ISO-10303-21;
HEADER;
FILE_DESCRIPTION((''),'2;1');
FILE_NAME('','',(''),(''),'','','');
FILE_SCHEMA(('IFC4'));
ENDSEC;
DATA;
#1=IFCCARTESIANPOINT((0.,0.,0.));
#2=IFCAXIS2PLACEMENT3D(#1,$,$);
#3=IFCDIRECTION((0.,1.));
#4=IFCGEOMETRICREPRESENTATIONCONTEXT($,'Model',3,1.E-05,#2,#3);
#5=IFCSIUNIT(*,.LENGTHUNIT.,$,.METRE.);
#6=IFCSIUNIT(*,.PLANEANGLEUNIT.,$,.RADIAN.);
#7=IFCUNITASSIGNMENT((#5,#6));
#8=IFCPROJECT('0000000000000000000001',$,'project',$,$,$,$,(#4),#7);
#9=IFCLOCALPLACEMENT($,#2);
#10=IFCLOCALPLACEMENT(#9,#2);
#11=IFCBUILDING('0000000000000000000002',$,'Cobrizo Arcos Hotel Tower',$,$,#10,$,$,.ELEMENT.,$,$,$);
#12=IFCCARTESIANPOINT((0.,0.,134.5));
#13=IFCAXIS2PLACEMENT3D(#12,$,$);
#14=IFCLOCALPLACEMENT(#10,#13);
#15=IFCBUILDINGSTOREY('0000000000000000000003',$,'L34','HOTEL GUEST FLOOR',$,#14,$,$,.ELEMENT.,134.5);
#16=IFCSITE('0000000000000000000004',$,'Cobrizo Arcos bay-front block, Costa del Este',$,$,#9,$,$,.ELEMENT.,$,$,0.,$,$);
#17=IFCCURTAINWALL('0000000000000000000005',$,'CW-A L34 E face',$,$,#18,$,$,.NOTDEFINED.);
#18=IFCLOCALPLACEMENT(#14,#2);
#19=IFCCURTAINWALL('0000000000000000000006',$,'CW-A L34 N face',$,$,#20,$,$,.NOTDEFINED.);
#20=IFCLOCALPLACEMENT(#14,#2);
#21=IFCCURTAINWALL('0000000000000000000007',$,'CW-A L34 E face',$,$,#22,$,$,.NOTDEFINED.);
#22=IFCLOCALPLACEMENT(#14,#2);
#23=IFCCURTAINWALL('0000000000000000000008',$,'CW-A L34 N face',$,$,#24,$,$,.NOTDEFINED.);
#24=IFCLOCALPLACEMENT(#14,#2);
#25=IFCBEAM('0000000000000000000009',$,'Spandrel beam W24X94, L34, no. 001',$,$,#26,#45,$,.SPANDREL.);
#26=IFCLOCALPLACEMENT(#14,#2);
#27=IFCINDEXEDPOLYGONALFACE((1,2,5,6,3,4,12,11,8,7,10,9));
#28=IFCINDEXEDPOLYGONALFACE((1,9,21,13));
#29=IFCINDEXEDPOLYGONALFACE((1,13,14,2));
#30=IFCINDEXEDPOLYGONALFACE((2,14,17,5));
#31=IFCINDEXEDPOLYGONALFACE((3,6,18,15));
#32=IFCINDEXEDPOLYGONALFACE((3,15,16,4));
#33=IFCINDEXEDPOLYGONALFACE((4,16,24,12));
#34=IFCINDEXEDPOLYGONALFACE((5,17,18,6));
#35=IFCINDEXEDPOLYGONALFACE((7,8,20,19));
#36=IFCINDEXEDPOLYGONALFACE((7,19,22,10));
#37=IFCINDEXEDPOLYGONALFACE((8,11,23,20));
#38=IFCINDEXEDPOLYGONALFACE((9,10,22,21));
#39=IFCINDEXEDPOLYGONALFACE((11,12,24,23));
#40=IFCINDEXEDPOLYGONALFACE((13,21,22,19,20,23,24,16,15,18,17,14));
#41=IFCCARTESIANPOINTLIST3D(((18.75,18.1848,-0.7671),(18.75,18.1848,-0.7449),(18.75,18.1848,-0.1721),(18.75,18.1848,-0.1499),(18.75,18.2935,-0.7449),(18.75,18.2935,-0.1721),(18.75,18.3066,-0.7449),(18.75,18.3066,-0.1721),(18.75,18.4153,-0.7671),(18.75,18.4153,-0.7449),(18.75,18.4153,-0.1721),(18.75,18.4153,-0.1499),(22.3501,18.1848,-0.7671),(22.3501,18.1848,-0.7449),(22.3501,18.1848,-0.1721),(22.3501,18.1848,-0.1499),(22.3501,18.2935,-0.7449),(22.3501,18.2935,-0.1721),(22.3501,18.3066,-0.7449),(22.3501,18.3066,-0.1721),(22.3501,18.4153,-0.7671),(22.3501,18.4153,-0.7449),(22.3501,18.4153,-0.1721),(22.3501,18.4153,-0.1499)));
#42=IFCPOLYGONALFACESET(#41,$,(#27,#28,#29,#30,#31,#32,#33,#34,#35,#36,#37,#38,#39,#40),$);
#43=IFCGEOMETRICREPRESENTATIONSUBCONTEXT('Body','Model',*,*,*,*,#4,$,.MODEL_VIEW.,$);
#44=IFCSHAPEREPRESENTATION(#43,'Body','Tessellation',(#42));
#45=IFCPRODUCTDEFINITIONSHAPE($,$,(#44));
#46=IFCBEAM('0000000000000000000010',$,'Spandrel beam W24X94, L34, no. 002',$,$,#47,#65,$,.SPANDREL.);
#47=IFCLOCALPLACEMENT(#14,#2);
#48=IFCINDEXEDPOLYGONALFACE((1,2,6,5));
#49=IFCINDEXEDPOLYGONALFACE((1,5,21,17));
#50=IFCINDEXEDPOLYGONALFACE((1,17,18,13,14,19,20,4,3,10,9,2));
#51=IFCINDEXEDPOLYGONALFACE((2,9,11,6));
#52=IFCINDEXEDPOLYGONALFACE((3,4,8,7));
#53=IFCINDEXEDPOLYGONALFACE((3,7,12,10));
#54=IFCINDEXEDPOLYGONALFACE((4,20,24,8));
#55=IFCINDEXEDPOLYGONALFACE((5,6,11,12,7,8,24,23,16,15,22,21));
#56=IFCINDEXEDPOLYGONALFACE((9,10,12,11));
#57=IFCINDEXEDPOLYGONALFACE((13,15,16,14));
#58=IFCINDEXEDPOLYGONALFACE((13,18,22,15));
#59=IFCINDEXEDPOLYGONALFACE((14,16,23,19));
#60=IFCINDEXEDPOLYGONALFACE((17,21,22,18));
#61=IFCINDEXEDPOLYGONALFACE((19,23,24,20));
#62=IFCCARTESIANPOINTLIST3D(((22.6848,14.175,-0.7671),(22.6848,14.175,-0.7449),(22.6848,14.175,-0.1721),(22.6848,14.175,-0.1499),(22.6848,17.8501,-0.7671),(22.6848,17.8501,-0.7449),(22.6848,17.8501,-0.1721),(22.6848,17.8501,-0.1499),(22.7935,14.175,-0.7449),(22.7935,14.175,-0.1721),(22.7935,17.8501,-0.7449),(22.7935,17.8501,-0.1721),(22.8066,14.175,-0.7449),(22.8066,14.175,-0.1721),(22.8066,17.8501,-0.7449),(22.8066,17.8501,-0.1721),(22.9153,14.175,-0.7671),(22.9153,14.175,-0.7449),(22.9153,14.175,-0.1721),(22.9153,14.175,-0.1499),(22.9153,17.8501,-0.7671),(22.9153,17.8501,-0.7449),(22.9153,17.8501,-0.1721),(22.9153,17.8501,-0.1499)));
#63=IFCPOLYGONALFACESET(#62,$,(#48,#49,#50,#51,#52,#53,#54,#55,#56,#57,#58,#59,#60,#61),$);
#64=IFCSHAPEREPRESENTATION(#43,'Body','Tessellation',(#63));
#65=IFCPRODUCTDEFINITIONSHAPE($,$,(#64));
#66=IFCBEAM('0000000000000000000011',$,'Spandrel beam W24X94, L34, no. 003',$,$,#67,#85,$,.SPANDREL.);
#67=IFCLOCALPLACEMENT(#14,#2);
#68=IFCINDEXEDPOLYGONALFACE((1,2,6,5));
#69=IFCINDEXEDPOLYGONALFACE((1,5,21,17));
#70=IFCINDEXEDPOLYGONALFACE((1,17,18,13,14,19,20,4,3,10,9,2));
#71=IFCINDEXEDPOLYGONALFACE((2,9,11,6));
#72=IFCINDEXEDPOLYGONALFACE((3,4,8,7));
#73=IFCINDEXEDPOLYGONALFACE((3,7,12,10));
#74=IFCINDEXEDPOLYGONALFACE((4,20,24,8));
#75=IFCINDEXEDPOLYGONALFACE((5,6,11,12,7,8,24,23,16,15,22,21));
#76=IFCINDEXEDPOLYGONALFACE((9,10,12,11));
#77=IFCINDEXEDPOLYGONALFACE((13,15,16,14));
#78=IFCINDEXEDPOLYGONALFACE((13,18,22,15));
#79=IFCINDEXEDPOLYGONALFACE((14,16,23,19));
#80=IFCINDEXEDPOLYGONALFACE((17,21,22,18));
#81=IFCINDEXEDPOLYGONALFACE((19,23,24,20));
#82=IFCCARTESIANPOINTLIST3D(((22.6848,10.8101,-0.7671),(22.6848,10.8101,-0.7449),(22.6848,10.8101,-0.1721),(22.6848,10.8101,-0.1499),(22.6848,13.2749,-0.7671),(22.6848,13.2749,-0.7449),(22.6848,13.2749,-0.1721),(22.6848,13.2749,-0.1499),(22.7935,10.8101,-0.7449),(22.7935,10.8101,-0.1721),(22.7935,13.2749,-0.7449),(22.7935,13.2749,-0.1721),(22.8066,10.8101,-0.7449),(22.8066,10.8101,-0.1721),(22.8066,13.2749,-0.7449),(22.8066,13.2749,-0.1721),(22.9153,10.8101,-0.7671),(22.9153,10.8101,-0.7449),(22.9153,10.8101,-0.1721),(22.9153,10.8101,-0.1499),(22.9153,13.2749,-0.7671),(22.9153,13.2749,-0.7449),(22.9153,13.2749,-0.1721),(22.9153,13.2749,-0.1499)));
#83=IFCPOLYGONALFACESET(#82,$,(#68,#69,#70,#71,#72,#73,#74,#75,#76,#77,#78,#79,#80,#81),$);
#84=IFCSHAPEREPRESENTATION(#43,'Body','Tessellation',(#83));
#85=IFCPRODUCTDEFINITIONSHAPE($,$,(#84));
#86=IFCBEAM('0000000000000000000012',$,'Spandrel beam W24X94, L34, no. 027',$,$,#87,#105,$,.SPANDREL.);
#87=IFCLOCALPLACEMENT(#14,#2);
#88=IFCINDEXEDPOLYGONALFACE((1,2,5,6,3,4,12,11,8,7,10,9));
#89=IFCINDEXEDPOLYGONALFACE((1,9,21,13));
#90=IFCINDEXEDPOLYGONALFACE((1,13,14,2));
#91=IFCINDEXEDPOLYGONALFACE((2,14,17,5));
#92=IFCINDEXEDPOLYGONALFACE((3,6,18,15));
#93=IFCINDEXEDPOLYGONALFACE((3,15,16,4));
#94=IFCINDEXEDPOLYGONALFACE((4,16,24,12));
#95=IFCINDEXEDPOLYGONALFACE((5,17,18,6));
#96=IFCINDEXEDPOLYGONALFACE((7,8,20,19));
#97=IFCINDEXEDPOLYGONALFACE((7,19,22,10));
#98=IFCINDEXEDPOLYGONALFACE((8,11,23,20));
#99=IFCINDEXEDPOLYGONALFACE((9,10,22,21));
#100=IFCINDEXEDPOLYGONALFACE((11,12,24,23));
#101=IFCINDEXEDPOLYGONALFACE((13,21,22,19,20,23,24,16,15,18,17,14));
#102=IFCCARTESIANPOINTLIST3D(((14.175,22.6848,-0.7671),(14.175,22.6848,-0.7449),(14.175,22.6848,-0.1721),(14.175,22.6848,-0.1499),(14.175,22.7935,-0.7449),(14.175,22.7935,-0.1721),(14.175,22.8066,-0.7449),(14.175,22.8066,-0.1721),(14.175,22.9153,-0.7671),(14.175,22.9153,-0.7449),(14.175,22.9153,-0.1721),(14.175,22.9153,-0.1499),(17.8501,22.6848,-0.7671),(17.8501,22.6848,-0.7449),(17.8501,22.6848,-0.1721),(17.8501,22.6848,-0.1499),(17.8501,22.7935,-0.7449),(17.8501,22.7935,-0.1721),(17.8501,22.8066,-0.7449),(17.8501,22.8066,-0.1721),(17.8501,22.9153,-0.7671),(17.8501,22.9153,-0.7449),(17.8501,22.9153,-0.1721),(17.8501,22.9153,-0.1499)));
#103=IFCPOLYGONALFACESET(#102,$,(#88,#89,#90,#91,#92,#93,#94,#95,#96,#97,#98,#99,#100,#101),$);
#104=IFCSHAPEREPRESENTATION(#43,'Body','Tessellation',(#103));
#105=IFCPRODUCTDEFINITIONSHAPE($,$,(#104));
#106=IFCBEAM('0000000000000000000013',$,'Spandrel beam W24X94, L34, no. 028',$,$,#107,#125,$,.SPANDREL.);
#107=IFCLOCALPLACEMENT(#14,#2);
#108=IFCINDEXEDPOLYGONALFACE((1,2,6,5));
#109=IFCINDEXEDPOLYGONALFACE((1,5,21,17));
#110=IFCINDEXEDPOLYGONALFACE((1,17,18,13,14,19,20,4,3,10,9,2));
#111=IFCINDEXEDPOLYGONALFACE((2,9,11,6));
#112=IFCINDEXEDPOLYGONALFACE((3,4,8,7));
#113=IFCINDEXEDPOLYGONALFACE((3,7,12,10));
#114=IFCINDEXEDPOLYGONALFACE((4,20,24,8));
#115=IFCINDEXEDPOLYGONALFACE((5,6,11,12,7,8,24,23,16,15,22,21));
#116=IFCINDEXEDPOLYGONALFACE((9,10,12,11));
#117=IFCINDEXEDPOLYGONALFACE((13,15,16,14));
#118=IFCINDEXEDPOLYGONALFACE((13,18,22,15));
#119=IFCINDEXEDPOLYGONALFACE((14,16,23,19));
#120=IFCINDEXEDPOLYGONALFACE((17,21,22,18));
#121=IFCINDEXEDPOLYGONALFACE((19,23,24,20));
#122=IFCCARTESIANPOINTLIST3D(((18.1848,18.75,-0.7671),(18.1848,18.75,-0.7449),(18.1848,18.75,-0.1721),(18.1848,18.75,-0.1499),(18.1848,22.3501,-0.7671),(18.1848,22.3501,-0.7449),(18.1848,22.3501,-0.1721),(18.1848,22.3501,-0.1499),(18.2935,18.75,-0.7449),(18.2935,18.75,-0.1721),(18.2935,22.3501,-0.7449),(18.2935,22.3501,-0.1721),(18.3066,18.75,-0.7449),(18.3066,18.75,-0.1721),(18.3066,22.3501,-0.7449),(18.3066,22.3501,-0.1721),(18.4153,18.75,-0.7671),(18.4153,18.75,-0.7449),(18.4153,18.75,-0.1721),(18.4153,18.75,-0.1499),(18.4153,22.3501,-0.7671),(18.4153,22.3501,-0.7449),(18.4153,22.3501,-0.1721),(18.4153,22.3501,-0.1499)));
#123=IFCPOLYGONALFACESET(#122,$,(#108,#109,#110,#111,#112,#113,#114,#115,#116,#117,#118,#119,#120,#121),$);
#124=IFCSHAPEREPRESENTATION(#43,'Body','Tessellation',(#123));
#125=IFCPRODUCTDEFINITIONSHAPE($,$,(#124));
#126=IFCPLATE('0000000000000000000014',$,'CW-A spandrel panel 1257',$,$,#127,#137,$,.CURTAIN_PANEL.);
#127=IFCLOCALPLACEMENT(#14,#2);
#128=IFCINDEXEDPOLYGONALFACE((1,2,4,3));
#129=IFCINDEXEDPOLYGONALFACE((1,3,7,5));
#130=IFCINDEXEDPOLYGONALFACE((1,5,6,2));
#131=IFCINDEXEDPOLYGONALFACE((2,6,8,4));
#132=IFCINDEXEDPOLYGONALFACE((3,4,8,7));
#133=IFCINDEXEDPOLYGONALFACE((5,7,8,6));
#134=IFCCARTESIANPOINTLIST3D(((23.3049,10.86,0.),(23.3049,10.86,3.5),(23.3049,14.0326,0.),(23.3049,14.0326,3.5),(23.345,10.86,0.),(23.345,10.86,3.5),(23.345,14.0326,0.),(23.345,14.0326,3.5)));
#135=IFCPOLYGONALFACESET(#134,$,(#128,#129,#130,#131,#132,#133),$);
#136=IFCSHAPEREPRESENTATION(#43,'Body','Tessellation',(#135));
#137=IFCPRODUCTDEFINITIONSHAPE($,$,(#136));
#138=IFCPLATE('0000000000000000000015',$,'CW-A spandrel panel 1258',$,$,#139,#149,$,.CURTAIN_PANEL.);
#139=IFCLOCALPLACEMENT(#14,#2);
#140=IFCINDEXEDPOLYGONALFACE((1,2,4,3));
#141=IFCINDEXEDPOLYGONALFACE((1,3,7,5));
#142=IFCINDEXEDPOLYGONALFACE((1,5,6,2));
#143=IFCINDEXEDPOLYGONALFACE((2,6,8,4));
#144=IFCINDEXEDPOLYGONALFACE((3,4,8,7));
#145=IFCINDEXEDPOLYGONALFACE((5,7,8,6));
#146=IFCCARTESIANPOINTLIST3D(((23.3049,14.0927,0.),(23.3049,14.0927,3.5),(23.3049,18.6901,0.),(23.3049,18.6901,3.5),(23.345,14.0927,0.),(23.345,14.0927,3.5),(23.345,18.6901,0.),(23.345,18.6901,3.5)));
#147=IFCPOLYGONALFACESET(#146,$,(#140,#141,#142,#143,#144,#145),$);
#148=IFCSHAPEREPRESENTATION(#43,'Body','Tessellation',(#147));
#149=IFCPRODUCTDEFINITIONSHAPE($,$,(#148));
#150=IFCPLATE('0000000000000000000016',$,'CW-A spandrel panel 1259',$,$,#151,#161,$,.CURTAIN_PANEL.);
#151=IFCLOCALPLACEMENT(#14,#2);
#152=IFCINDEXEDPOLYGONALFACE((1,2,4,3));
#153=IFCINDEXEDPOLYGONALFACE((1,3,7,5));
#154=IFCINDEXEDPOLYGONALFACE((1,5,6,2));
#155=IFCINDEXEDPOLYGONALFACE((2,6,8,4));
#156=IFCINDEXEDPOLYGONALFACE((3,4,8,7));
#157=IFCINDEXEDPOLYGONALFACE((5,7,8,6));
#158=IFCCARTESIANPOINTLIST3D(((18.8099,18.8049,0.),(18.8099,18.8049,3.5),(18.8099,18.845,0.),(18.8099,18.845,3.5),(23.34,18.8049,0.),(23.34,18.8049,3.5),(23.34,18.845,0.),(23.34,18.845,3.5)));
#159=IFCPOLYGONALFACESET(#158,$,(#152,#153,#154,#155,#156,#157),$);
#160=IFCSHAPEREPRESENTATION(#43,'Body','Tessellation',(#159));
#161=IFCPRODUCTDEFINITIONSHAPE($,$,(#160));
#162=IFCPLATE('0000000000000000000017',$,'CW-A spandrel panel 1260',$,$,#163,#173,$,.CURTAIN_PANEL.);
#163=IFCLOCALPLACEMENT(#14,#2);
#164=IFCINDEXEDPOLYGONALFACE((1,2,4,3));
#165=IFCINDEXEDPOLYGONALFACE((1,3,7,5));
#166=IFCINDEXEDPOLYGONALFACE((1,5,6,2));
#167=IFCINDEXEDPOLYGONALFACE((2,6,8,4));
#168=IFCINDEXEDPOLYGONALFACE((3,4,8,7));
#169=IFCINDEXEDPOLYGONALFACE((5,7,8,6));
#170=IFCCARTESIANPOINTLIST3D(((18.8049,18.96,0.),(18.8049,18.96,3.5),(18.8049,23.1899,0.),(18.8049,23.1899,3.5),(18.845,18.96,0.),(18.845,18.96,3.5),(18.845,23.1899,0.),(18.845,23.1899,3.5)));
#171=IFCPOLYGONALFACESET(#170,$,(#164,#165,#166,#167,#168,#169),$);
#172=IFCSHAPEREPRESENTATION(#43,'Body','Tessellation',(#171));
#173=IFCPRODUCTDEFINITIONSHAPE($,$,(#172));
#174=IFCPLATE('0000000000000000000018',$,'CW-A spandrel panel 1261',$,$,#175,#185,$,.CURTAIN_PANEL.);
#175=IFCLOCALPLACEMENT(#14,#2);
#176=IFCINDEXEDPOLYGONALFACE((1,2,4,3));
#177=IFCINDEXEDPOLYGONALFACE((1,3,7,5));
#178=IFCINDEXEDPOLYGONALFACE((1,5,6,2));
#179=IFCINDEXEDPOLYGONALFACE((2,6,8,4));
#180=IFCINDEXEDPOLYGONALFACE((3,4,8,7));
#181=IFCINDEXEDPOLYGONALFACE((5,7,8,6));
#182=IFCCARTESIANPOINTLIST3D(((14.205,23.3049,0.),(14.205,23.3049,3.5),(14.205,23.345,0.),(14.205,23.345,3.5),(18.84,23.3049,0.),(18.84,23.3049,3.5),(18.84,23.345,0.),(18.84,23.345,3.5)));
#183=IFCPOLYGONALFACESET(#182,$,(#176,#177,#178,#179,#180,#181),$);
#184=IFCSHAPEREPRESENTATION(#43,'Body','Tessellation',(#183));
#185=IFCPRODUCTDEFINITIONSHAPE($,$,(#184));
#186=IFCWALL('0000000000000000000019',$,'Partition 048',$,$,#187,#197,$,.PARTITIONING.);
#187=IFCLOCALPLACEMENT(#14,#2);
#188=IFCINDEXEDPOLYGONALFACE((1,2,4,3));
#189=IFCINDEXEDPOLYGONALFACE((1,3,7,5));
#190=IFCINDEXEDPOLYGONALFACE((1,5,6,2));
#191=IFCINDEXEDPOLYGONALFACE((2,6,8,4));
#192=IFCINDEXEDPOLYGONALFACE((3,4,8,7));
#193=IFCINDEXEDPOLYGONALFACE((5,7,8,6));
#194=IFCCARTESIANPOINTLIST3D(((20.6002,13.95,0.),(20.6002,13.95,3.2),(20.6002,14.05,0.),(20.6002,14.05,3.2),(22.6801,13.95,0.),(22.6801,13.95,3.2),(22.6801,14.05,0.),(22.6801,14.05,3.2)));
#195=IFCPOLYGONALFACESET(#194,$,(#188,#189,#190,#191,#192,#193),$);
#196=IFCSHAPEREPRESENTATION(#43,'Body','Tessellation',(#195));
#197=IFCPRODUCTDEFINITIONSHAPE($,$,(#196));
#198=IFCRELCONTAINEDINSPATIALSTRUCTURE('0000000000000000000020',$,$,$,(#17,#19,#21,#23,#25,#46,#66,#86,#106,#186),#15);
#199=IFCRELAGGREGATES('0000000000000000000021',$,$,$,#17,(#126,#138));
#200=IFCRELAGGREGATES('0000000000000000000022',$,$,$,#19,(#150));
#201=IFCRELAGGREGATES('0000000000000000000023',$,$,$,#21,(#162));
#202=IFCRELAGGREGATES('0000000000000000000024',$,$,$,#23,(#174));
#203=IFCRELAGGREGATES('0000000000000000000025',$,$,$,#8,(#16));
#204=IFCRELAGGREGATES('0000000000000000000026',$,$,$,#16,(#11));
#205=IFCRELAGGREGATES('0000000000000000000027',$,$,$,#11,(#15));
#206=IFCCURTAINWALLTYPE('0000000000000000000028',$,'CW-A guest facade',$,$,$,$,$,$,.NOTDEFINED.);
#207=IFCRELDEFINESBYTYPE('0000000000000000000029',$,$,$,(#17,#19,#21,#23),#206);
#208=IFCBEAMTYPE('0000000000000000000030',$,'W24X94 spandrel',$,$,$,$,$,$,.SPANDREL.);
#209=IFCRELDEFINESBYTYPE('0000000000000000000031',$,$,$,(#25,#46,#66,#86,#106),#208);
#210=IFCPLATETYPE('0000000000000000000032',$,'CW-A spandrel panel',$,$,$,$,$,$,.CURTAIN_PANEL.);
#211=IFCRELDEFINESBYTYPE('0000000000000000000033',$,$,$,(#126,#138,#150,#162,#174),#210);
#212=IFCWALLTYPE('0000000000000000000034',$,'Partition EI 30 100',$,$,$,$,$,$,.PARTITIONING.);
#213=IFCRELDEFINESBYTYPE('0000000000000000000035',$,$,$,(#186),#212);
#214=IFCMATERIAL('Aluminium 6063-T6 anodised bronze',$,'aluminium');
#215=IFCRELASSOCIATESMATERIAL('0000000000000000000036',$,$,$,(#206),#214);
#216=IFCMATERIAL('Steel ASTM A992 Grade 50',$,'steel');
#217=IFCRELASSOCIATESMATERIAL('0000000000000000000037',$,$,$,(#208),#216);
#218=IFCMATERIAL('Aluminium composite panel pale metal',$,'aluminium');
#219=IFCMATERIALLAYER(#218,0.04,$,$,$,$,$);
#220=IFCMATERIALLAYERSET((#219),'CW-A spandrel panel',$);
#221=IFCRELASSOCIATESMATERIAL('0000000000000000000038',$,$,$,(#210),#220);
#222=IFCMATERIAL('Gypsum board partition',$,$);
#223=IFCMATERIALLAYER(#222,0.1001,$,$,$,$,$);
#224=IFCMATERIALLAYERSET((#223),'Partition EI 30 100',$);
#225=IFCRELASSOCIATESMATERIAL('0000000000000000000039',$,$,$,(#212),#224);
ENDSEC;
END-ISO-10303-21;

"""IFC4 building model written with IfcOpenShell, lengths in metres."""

from ifc_helpers import new_model, si_unit, direction, frame, frame_2d, origin, origin_2d, place, context, subcontext, project, spatial, rectangle, i_section, extrude, material, layer, layer_set, material_profile, profile_set, type_object, element, aggregate, save


model = new_model("IFC4")

# Units and contexts
model_context = context("Model", 3, precision=1e-05, world=origin(), true_north=direction((0.0, 1.0)))
body_context = subcontext(model_context, "Body", "Model", "MODEL_VIEW")
ifc_project = project(units=[si_unit("LENGTHUNIT", "METRE"), si_unit("PLANEANGLEUNIT", "RADIAN")], contexts=[model_context])

# Site, building, storey
site_placement = place(None, origin())
site = spatial("IfcSite", under=ifc_project, at=site_placement, Name="Cobrizo Arcos bay-front block, Costa del Este", CompositionType="ELEMENT", RefElevation=0.0)
building_placement = place(site_placement, origin())
building = spatial("IfcBuilding", under=site, at=building_placement, Name="Cobrizo Arcos Hotel Tower", CompositionType="ELEMENT")
storey_placement = place(building_placement, frame((0.0, 0.0, 134.5)))
storey = spatial("IfcBuildingStorey", under=building, at=storey_placement, Name="L34", Description="HOTEL GUEST FLOOR", CompositionType="ELEMENT", Elevation=134.5)

# Curtain walls
ifc_material_1 = material(Name="Aluminium 6063-T6 anodised bronze", Category="aluminium")
curtain_wall_type = type_object("IfcCurtainWallType", Name="CW-A guest facade", PredefinedType="NOTDEFINED", material=ifc_material_1)
curtain_wall_1_placement = place(storey_placement, origin())
curtain_wall_1 = element("IfcCurtainWall", 1, at=curtain_wall_1_placement, inside=storey, type_object=curtain_wall_type, Name="CW-A L34 E face", PredefinedType="NOTDEFINED")
curtain_wall_2_placement = place(storey_placement, origin())
curtain_wall_2 = element("IfcCurtainWall", 2, at=curtain_wall_2_placement, inside=storey, type_object=curtain_wall_type, Name="CW-A L34 N face", PredefinedType="NOTDEFINED")
curtain_wall_3_placement = place(storey_placement, origin())
curtain_wall_3 = element("IfcCurtainWall", 3, at=curtain_wall_3_placement, inside=storey, type_object=curtain_wall_type, Name="CW-A L34 E face", PredefinedType="NOTDEFINED")
curtain_wall_4_placement = place(storey_placement, origin())
curtain_wall_4 = element("IfcCurtainWall", 4, at=curtain_wall_4_placement, inside=storey, type_object=curtain_wall_type, Name="CW-A L34 N face", PredefinedType="NOTDEFINED")

# Beams
ifc_material_2 = material(Name="Steel ASTM A992 Grade 50", Category="steel")
ifc_material_profile_1 = material_profile(ifc_material_2, i_section(OverallWidth=0.2305, OverallDepth=0.6172, WebThickness=0.0132, FlangeThickness=0.0222, at=origin_2d()), Name="W24X94")
ifc_profile_set_1 = profile_set([ifc_material_profile_1], Name="Steel ASTM A992 Grade 50")
beam_type = type_object("IfcBeamType", Name="W24X94 spandrel", PredefinedType="SPANDREL", material=ifc_profile_set_1)
beam_1_placement = place(storey_placement, frame((18.75, 18.3, -0.4585), z_axis=(1.0, 0.0, 0.0), x_axis=(0.0, 1.0, 0.0)))
element("IfcBeam", 5, at=beam_1_placement, inside=storey, type_object=beam_type, Name="Spandrel beam W24X94, L34, no. 001", PredefinedType="SPANDREL", context=body_context, shape_type="SweptSolid", body=[
    extrude(i_section(OverallWidth=0.2305, OverallDepth=0.6172, WebThickness=0.0132, FlangeThickness=0.0222, at=origin_2d()), origin(), (0.0, 0.0, 1.0), 3.6001),
])
beam_2_placement = place(storey_placement, frame((22.8, 17.8501, -0.4585), z_axis=(0.0, -1.0, 0.0), x_axis=(1.0, 0.0, 0.0)))
element("IfcBeam", 6, at=beam_2_placement, inside=storey, type_object=beam_type, Name="Spandrel beam W24X94, L34, no. 002", PredefinedType="SPANDREL", context=body_context, shape_type="SweptSolid", body=[
    extrude(i_section(OverallWidth=0.2305, OverallDepth=0.6172, WebThickness=0.0132, FlangeThickness=0.0222, at=origin_2d()), origin(), (0.0, 0.0, 1.0), 3.675),
])
beam_3_placement = place(storey_placement, frame((22.8, 13.2749, -0.4585), z_axis=(0.0, -1.0, 0.0), x_axis=(1.0, 0.0, 0.0)))
element("IfcBeam", 7, at=beam_3_placement, inside=storey, type_object=beam_type, Name="Spandrel beam W24X94, L34, no. 003", PredefinedType="SPANDREL", context=body_context, shape_type="SweptSolid", body=[
    extrude(i_section(OverallWidth=0.2305, OverallDepth=0.6172, WebThickness=0.0132, FlangeThickness=0.0222, at=origin_2d()), origin(), (0.0, 0.0, 1.0), 2.4648),
])
beam_4_placement = place(storey_placement, frame((14.175, 22.8, -0.4585), z_axis=(1.0, 0.0, 0.0), x_axis=(0.0, 1.0, 0.0)))
element("IfcBeam", 8, at=beam_4_placement, inside=storey, type_object=beam_type, Name="Spandrel beam W24X94, L34, no. 027", PredefinedType="SPANDREL", context=body_context, shape_type="SweptSolid", body=[
    extrude(i_section(OverallWidth=0.2305, OverallDepth=0.6172, WebThickness=0.0132, FlangeThickness=0.0222, at=origin_2d()), origin(), (0.0, 0.0, 1.0), 3.675),
])
beam_5_placement = place(storey_placement, frame((18.3, 22.3501, -0.4585), z_axis=(0.0, -1.0, 0.0), x_axis=(1.0, 0.0, 0.0)))
element("IfcBeam", 9, at=beam_5_placement, inside=storey, type_object=beam_type, Name="Spandrel beam W24X94, L34, no. 028", PredefinedType="SPANDREL", context=body_context, shape_type="SweptSolid", body=[
    extrude(i_section(OverallWidth=0.2305, OverallDepth=0.6172, WebThickness=0.0132, FlangeThickness=0.0222, at=origin_2d()), origin(), (0.0, 0.0, 1.0), 3.6001),
])

# Plates
ifc_material_3 = material(Name="Aluminium composite panel pale metal", Category="aluminium")
ifc_layer_1 = layer(ifc_material_3, 0.04)
ifc_layer_set_1 = layer_set([ifc_layer_1], Name="CW-A spandrel panel")
plate_type = type_object("IfcPlateType", Name="CW-A spandrel panel", PredefinedType="CURTAIN_PANEL", material=ifc_layer_set_1)
plate_1_placement = place(storey_placement, frame((23.325, 12.4463, 0.0), z_axis=(0.0, 0.0, 1.0), x_axis=(0.0, 1.0, 0.0)))
plate_1 = element("IfcPlate", 10, at=plate_1_placement, type_object=plate_type, Name="CW-A spandrel panel 1257", PredefinedType="CURTAIN_PANEL", context=body_context, shape_type="SweptSolid", body=[
    extrude(rectangle(XDim=3.1726, YDim=0.04, at=origin_2d()), origin(), (0.0, 0.0, 1.0), 3.5),
])
plate_2_placement = place(storey_placement, frame((23.325, 16.3914, 0.0), z_axis=(0.0, 0.0, 1.0), x_axis=(0.0, 1.0, 0.0)))
plate_2 = element("IfcPlate", 11, at=plate_2_placement, type_object=plate_type, Name="CW-A spandrel panel 1258", PredefinedType="CURTAIN_PANEL", context=body_context, shape_type="SweptSolid", body=[
    extrude(rectangle(XDim=4.5974, YDim=0.04, at=origin_2d()), origin(), (0.0, 0.0, 1.0), 3.5),
])
aggregate(curtain_wall_1, [plate_1, plate_2])
plate_3_placement = place(storey_placement, frame((21.075, 18.825, 0.0), z_axis=(0.0, 0.0, 1.0), x_axis=(-1.0, 0.0, 0.0)))
plate_3 = element("IfcPlate", 12, at=plate_3_placement, type_object=plate_type, Name="CW-A spandrel panel 1259", PredefinedType="CURTAIN_PANEL", context=body_context, shape_type="SweptSolid", body=[
    extrude(rectangle(XDim=4.53, YDim=0.04, at=origin_2d()), origin(), (0.0, 0.0, 1.0), 3.5),
])
aggregate(curtain_wall_2, [plate_3])
plate_4_placement = place(storey_placement, frame((18.825, 21.075, 0.0), z_axis=(0.0, 0.0, 1.0), x_axis=(0.0, 1.0, 0.0)))
plate_4 = element("IfcPlate", 13, at=plate_4_placement, type_object=plate_type, Name="CW-A spandrel panel 1260", PredefinedType="CURTAIN_PANEL", context=body_context, shape_type="SweptSolid", body=[
    extrude(rectangle(XDim=4.23, YDim=0.04, at=origin_2d()), origin(), (0.0, 0.0, 1.0), 3.5),
])
aggregate(curtain_wall_3, [plate_4])
plate_5_placement = place(storey_placement, frame((16.5225, 23.325, 0.0), z_axis=(0.0, 0.0, 1.0), x_axis=(-1.0, 0.0, 0.0)))
plate_5 = element("IfcPlate", 14, at=plate_5_placement, type_object=plate_type, Name="CW-A spandrel panel 1261", PredefinedType="CURTAIN_PANEL", context=body_context, shape_type="SweptSolid", body=[
    extrude(rectangle(XDim=4.635, YDim=0.04, at=origin_2d()), origin(), (0.0, 0.0, 1.0), 3.5),
])
aggregate(curtain_wall_4, [plate_5])

# Wall
ifc_material_4 = material(Name="Gypsum board partition")
ifc_layer_2 = layer(ifc_material_4, 0.1001)
ifc_layer_set_2 = layer_set([ifc_layer_2], Name="Partition EI 30 100")
wall_type = type_object("IfcWallType", Name="Partition EI 30 100", PredefinedType="PARTITIONING", material=ifc_layer_set_2)
wall_1_placement = place(storey_placement, frame((20.6001, 14.0, 0.0), z_axis=(0.0, 0.0, 1.0), x_axis=(1.0, 0.0, 0.0)))
element("IfcWall", 15, at=wall_1_placement, inside=storey, type_object=wall_type, Name="Partition 048", PredefinedType="PARTITIONING", context=body_context, shape_type="SweptSolid", body=[
    extrude(rectangle(XDim=2.0798, YDim=0.1001, at=frame_2d((1.04, 0.0))), origin(), (0.0, 0.0, 1.0), 3.2),
])

save(model, "model.ifc")
